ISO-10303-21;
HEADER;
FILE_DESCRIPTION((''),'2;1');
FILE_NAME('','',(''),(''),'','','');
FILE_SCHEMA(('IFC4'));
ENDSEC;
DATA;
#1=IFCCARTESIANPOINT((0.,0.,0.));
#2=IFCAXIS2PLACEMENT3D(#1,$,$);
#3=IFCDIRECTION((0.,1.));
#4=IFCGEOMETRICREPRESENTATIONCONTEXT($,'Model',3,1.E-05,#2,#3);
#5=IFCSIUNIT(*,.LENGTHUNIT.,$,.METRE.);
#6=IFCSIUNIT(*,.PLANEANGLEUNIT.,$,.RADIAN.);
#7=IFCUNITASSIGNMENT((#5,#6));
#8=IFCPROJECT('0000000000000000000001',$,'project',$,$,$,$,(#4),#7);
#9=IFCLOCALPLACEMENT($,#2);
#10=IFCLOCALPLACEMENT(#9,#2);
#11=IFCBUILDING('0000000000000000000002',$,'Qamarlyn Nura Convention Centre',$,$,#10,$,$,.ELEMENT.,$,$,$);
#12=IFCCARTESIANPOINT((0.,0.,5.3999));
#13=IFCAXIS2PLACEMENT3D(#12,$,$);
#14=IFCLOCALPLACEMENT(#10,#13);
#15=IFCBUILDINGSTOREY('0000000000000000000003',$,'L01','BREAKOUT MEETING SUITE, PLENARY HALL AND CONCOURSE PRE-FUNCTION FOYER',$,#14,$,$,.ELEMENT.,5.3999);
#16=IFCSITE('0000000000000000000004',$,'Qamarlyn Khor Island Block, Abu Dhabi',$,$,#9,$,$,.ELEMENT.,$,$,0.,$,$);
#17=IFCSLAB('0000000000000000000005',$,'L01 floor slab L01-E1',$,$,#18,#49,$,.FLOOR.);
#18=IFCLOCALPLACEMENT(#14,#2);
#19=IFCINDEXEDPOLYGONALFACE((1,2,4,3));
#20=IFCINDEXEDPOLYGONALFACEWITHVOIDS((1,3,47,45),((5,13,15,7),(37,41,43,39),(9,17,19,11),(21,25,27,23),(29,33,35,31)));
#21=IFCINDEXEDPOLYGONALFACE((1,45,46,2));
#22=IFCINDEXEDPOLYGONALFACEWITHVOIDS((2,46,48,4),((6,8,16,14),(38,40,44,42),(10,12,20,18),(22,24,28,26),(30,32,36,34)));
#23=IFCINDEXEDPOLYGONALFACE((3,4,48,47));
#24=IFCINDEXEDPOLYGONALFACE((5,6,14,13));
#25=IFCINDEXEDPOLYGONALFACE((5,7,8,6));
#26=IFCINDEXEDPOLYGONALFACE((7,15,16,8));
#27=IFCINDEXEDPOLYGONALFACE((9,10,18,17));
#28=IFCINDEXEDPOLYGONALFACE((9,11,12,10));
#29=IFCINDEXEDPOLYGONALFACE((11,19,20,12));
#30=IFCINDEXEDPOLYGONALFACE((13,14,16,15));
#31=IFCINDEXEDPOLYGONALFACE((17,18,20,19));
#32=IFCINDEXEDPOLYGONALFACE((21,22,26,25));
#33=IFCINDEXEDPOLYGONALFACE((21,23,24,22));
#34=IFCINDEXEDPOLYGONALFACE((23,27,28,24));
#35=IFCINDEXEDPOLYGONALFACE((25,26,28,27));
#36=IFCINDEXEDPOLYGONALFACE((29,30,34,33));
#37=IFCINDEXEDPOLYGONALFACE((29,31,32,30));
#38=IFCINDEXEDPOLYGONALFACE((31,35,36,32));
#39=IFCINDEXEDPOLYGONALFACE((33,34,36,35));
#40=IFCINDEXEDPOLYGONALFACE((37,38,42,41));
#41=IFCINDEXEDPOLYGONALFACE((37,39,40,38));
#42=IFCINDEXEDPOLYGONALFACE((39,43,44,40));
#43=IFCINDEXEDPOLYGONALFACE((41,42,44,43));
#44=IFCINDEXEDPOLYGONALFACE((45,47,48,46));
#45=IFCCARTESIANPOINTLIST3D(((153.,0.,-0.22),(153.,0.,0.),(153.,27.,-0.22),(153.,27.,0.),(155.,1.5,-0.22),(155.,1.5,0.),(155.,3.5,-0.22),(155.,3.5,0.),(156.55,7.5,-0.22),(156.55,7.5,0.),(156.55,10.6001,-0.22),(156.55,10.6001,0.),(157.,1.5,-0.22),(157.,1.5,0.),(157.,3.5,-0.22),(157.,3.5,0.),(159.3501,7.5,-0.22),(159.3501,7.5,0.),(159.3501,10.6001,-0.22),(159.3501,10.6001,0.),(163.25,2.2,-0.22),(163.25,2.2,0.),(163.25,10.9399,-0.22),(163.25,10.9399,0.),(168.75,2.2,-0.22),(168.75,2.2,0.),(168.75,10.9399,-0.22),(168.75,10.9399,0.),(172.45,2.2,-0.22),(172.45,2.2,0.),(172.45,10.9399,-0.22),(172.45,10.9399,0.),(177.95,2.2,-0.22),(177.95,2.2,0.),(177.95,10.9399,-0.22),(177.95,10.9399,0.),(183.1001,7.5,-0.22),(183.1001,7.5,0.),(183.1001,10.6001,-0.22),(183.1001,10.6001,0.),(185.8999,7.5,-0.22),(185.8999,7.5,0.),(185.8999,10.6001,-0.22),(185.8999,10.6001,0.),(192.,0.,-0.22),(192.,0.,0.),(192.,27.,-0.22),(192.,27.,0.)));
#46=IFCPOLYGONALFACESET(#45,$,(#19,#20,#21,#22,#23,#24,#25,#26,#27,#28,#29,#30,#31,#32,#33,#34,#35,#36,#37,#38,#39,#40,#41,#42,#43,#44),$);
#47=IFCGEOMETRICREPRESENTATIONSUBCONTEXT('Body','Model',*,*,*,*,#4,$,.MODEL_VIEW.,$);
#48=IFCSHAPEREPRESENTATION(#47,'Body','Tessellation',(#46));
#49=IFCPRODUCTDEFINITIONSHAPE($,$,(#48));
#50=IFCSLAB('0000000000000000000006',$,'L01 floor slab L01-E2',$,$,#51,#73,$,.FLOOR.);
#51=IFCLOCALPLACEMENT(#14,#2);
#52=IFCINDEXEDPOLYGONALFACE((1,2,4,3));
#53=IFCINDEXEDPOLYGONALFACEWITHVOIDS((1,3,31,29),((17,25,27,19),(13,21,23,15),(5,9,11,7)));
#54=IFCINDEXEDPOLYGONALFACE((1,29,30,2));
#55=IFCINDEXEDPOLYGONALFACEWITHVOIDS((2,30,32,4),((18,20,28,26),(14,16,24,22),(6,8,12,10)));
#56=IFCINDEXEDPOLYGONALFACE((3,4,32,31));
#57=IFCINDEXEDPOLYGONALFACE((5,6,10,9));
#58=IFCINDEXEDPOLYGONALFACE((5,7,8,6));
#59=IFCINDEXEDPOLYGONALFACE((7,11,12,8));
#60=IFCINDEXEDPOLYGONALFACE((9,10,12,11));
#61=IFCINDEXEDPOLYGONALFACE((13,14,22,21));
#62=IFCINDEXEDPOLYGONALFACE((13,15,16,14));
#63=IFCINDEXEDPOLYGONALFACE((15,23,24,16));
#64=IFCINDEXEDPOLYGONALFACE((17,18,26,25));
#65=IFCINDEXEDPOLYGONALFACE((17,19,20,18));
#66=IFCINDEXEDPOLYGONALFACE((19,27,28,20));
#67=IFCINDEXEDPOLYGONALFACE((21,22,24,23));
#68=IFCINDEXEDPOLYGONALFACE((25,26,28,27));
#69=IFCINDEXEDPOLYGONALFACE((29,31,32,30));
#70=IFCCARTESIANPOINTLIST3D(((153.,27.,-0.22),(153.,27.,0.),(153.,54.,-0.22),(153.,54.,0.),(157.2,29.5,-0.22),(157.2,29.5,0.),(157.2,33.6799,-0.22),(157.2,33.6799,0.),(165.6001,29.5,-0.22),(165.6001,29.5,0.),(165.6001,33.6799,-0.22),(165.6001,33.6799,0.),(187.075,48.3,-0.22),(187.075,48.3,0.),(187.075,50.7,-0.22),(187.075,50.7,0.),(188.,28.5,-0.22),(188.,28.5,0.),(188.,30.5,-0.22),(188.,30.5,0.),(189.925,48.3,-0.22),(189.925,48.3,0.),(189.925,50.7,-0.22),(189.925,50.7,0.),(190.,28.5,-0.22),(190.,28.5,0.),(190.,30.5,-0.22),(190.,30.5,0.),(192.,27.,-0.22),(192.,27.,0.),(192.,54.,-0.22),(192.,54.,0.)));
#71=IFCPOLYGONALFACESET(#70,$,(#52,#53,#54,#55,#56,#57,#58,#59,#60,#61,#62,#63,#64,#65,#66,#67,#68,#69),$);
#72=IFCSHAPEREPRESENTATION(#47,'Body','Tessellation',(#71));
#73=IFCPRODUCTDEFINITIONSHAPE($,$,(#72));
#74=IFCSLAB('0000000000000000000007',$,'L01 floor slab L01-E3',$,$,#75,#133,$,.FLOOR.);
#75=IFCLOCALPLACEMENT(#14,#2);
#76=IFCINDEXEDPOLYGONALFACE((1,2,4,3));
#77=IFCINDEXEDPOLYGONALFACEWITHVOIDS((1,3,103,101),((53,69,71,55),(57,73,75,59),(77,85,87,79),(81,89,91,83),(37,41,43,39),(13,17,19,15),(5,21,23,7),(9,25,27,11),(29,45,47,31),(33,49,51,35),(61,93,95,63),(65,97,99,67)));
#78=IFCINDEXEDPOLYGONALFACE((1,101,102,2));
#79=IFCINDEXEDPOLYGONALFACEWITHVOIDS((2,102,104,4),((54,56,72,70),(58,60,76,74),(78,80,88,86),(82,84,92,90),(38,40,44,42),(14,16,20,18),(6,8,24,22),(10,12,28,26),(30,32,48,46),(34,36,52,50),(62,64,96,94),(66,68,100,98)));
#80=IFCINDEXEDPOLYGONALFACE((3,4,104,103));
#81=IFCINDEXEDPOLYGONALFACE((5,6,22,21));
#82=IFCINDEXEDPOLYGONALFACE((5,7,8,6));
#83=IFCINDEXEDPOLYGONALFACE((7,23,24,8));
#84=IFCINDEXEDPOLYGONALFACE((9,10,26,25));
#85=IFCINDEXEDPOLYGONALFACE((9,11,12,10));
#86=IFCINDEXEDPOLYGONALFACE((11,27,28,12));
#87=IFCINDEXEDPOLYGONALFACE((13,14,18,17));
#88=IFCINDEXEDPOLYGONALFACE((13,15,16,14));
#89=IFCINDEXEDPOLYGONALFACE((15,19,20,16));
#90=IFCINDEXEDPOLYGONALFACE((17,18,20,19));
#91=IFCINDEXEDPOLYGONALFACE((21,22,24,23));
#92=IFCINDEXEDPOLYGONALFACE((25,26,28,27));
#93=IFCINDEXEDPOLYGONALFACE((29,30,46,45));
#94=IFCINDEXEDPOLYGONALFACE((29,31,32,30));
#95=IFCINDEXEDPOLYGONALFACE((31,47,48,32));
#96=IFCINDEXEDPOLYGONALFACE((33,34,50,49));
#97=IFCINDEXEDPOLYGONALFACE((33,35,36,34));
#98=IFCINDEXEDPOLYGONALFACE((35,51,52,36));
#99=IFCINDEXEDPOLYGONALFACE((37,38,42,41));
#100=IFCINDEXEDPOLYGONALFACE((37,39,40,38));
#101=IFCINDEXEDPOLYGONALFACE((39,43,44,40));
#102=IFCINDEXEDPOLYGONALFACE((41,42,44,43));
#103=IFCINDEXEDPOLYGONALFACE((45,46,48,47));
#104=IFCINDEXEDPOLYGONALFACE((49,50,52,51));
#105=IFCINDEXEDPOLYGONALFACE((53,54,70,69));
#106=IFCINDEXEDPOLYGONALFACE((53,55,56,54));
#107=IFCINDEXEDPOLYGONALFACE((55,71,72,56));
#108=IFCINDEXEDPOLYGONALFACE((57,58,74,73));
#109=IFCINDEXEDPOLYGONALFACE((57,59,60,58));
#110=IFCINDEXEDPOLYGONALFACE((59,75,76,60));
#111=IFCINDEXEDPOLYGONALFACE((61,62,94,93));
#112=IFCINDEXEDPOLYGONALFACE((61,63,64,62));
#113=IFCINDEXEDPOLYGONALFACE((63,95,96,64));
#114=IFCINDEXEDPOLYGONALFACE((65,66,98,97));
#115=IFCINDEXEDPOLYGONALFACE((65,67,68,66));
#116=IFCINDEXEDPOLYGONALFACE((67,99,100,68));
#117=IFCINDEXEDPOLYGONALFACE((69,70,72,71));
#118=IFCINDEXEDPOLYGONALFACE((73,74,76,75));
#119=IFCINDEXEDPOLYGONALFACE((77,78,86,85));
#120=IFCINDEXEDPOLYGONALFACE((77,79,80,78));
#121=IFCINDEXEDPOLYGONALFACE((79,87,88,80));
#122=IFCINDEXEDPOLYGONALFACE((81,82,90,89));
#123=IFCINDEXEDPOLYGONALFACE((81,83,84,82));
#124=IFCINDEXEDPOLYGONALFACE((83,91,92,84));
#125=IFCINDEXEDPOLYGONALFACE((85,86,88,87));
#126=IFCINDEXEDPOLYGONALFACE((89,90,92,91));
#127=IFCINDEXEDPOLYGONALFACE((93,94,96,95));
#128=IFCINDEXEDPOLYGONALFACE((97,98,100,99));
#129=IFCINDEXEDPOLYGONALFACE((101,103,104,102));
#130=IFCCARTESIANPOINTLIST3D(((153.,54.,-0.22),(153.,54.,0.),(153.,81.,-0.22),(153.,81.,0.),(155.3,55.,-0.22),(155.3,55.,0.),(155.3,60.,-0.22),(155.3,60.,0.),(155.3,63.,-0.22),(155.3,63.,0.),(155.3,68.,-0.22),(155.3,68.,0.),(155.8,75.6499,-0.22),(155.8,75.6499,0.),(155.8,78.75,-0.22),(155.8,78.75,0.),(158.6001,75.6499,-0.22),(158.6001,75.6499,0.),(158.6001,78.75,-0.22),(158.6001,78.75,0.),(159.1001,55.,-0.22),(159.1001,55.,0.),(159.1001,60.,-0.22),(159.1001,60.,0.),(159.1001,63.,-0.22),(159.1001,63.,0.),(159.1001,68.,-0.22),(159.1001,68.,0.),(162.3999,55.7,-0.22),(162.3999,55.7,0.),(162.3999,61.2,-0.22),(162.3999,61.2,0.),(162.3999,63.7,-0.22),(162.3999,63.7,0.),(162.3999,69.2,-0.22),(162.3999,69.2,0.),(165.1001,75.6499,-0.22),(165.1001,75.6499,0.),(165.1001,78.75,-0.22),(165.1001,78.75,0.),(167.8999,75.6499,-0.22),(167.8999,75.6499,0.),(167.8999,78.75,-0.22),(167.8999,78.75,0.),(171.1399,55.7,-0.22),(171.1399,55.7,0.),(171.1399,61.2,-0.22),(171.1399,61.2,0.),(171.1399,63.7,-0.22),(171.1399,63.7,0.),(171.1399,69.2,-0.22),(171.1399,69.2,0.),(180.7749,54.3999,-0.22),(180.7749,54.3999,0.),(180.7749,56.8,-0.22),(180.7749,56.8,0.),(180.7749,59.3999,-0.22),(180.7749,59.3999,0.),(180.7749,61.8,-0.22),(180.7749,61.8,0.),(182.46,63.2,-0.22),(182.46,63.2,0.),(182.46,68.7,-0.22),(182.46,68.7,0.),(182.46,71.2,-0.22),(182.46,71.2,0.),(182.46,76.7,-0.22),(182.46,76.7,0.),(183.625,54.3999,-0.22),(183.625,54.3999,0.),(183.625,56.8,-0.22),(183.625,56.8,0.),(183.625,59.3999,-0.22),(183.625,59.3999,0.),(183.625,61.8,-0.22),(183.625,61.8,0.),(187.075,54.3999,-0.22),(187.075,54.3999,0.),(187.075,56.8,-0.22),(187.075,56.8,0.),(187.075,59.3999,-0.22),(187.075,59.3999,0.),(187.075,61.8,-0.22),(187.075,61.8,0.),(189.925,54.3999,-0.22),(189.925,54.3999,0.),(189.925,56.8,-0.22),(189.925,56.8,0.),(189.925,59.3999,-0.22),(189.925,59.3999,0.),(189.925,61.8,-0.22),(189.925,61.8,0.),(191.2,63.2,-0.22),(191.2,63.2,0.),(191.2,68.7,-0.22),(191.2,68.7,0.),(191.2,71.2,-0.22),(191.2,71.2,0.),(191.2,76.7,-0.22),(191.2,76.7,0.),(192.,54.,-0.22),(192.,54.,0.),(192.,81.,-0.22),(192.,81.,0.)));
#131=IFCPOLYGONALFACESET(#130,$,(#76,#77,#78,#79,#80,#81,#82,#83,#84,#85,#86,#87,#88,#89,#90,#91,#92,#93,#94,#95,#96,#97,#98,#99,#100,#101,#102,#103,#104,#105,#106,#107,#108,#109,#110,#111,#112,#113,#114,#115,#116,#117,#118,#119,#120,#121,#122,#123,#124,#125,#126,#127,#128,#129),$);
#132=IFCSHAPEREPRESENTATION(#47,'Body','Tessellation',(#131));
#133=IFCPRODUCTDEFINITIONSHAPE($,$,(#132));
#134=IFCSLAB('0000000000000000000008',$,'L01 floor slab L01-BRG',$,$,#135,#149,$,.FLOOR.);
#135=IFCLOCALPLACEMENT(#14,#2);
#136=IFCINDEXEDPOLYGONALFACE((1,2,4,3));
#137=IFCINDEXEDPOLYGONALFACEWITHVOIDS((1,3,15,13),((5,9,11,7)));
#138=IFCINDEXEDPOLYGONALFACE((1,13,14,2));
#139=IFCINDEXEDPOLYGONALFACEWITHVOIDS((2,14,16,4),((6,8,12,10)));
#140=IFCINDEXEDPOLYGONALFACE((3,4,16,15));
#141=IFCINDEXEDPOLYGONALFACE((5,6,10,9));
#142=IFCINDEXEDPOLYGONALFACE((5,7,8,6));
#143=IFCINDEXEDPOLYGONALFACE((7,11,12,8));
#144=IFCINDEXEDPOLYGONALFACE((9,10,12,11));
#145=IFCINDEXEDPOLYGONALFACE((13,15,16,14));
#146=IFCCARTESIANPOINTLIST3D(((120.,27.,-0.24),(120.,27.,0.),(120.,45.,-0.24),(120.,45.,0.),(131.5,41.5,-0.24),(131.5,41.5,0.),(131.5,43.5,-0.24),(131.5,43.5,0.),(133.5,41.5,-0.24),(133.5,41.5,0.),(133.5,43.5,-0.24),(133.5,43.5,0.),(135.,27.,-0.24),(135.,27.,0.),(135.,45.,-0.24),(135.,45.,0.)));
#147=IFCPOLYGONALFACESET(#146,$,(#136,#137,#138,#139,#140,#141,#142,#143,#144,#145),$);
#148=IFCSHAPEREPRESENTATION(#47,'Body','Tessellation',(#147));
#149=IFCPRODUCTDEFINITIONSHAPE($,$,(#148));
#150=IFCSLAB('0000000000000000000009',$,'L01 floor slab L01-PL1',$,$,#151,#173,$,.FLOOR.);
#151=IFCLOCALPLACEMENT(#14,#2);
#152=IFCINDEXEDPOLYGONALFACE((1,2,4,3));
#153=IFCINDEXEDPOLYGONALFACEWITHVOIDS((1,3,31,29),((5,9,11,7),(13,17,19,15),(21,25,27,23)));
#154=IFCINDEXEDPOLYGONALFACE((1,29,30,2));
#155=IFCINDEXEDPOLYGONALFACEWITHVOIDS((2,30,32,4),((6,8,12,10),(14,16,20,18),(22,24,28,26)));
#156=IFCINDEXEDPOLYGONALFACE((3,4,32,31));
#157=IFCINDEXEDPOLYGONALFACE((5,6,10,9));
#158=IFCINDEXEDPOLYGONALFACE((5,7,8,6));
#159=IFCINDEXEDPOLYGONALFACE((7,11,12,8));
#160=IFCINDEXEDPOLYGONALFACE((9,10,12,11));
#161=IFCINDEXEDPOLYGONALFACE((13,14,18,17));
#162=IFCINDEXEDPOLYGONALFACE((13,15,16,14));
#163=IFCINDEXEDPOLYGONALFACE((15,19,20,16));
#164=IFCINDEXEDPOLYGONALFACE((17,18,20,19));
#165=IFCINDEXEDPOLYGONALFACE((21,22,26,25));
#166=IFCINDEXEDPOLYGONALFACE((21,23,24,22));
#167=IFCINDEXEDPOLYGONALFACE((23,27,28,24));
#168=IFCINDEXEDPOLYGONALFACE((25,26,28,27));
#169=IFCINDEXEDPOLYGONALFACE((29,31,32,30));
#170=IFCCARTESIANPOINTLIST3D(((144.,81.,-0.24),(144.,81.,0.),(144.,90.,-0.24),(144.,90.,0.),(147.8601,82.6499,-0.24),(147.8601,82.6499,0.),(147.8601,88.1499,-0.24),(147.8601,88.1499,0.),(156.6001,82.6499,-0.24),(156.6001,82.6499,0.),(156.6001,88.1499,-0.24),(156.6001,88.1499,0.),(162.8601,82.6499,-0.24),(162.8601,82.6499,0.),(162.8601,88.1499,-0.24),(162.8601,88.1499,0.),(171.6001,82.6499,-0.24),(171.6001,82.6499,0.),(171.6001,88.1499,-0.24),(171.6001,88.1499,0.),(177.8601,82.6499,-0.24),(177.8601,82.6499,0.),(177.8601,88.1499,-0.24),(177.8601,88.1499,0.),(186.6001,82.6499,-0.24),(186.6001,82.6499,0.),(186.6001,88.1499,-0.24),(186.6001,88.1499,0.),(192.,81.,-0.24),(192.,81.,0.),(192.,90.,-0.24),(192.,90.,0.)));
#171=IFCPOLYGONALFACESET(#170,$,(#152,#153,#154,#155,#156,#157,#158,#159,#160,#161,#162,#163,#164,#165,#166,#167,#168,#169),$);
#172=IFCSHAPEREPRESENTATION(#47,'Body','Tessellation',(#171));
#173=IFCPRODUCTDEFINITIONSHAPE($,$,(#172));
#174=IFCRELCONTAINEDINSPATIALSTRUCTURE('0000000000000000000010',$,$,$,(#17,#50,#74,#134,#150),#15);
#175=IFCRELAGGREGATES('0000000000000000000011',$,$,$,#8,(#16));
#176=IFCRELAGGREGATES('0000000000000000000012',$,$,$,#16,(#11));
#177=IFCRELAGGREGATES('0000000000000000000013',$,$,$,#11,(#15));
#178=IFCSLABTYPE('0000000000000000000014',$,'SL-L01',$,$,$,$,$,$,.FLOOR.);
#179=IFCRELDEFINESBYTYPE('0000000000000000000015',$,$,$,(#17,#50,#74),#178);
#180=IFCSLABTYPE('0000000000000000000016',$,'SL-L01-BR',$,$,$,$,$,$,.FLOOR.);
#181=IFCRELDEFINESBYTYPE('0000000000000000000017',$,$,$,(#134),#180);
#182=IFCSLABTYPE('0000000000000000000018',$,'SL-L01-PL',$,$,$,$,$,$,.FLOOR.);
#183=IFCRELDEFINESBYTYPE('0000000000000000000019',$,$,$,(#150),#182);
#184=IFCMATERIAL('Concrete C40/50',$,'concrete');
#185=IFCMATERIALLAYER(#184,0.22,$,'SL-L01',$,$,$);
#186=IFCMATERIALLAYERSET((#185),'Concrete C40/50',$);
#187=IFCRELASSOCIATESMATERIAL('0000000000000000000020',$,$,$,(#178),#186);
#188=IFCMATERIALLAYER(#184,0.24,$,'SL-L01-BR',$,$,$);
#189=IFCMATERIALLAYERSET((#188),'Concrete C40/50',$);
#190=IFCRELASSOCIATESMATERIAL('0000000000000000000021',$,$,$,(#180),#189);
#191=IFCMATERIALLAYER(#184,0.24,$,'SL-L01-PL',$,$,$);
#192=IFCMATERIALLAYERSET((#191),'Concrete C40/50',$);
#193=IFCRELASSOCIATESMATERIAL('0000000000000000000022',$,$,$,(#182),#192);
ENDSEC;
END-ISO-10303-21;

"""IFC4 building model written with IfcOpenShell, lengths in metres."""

from ifc_helpers import new_model, si_unit, direction, frame, origin, place, context, subcontext, project, spatial, polyline, outline, extrude, material, layer, layer_set, type_object, element, save


model = new_model("IFC4")

# Units and contexts
model_context = context("Model", 3, precision=1e-05, world=origin(), true_north=direction((0.0, 1.0)))
body_context = subcontext(model_context, "Body", "Model", "MODEL_VIEW")
ifc_project = project(units=[si_unit("LENGTHUNIT", "METRE"), si_unit("PLANEANGLEUNIT", "RADIAN")], contexts=[model_context])

# Site, building, storey
site_placement = place(None, origin())
site = spatial("IfcSite", under=ifc_project, at=site_placement, Name="Qamarlyn Khor Island Block, Abu Dhabi", CompositionType="ELEMENT", RefElevation=0.0)
building_placement = place(site_placement, origin())
building = spatial("IfcBuilding", under=site, at=building_placement, Name="Qamarlyn Nura Convention Centre", CompositionType="ELEMENT")
storey_placement = place(building_placement, frame((0.0, 0.0, 5.3999)))
storey = spatial("IfcBuildingStorey", under=building, at=storey_placement, Name="L01", Description="BREAKOUT MEETING SUITE, PLENARY HALL AND CONCOURSE PRE-FUNCTION FOYER", CompositionType="ELEMENT", Elevation=5.3999)

# Slabs
ifc_material_1 = material(Name="Concrete C40/50", Category="concrete")
ifc_layer_1 = layer(ifc_material_1, 0.22, Name="SL-L01")
ifc_layer_set_1 = layer_set([ifc_layer_1], Name="Concrete C40/50")
slab_type_1 = type_object("IfcSlabType", Name="SL-L01", PredefinedType="FLOOR", material=ifc_layer_set_1)
slab_1_placement = place(storey_placement, frame((0.0, 0.0, -0.22)))
element("IfcSlab", 1, at=slab_1_placement, inside=storey, type_object=slab_type_1, Name="L01 floor slab L01-E1", PredefinedType="FLOOR", context=body_context, shape_type="SweptSolid", body=[
    extrude(outline(polyline([(153.0, 27.0), (192.0, 27.0), (192.0, 0.0), (153.0, 0.0), (153.0, 27.0)]), holes=[polyline([(155.0, 3.5), (155.0, 1.5), (157.0, 1.5), (157.0, 3.5), (155.0, 3.5)]), polyline([(156.55, 7.5), (159.3501, 7.5), (159.3501, 10.6001), (156.55, 10.6001), (156.55, 7.5)]), polyline([(163.25, 10.9399), (163.25, 2.2), (168.75, 2.2), (168.75, 10.9399), (163.25, 10.9399)]), polyline([(172.45, 10.9399), (172.45, 2.2), (177.95, 2.2), (177.95, 10.9399), (172.45, 10.9399)]), polyline([(185.8999, 7.5), (185.8999, 10.6001), (183.1001, 10.6001), (183.1001, 7.5), (185.8999, 7.5)])]), origin(), (0.0, 0.0, 1.0), 0.22),
])
slab_2_placement = place(storey_placement, frame((0.0, 0.0, -0.22)))
element("IfcSlab", 2, at=slab_2_placement, inside=storey, type_object=slab_type_1, Name="L01 floor slab L01-E2", PredefinedType="FLOOR", context=body_context, shape_type="SweptSolid", body=[
    extrude(outline(polyline([(153.0, 54.0), (192.0, 54.0), (192.0, 27.0), (153.0, 27.0), (153.0, 54.0)]), holes=[polyline([(188.0, 30.5), (188.0, 28.5), (190.0, 28.5), (190.0, 30.5), (188.0, 30.5)]), polyline([(157.2, 33.6799), (157.2, 29.5), (165.6001, 29.5), (165.6001, 33.6799), (157.2, 33.6799)]), polyline([(187.075, 48.3), (189.925, 48.3), (189.925, 50.7), (187.075, 50.7), (187.075, 48.3)])]), origin(), (0.0, 0.0, 1.0), 0.22),
])
slab_3_placement = place(storey_placement, frame((0.0, 0.0, -0.22)))
element("IfcSlab", 3, at=slab_3_placement, inside=storey, type_object=slab_type_1, Name="L01 floor slab L01-E3", PredefinedType="FLOOR", context=body_context, shape_type="SweptSolid", body=[
    extrude(outline(polyline([(153.0, 54.0), (153.0, 81.0), (192.0, 81.0), (192.0, 54.0), (153.0, 54.0)]), holes=[polyline([(155.3, 55.0), (159.1001, 55.0), (159.1001, 60.0), (155.3, 60.0), (155.3, 55.0)]), polyline([(155.3, 63.0), (159.1001, 63.0), (159.1001, 68.0), (155.3, 68.0), (155.3, 63.0)]), polyline([(158.6001, 75.6499), (158.6001, 78.75), (155.8, 78.75), (155.8, 75.6499), (158.6001, 75.6499)]), polyline([(183.625, 54.3999), (183.625, 56.8), (180.7749, 56.8), (180.7749, 54.3999), (183.625, 54.3999)]), polyline([(189.925, 54.3999), (189.925, 56.8), (187.075, 56.8), (187.075, 54.3999), (189.925, 54.3999)]), polyline([(171.1399, 61.2), (162.3999, 61.2), (162.3999, 55.7), (171.1399, 55.7), (171.1399, 61.2)]), polyline([(180.7749, 59.3999), (183.625, 59.3999), (183.625, 61.8), (180.7749, 61.8), (180.7749, 59.3999)]), polyline([(187.075, 59.3999), (189.925, 59.3999), (189.925, 61.8), (187.075, 61.8), (187.075, 59.3999)]), polyline([(182.46, 63.2), (191.2, 63.2), (191.2, 68.7), (182.46, 68.7), (182.46, 63.2)]), polyline([(171.1399, 69.2), (162.3999, 69.2), (162.3999, 63.7), (171.1399, 63.7), (171.1399, 69.2)]), polyline([(182.46, 71.2), (191.2, 71.2), (191.2, 76.7), (182.46, 76.7), (182.46, 71.2)]), polyline([(165.1001, 75.6499), (167.8999, 75.6499), (167.8999, 78.75), (165.1001, 78.75), (165.1001, 75.6499)])]), origin(), (0.0, 0.0, 1.0), 0.22),
])
ifc_layer_2 = layer(ifc_material_1, 0.24, Name="SL-L01-BR")
ifc_layer_set_2 = layer_set([ifc_layer_2], Name="Concrete C40/50")
slab_type_2 = type_object("IfcSlabType", Name="SL-L01-BR", PredefinedType="FLOOR", material=ifc_layer_set_2)
slab_4_placement = place(storey_placement, frame((0.0, 0.0, -0.24)))
element("IfcSlab", 4, at=slab_4_placement, inside=storey, type_object=slab_type_2, Name="L01 floor slab L01-BRG", PredefinedType="FLOOR", context=body_context, shape_type="SweptSolid", body=[
    extrude(outline(polyline([(120.0, 45.0), (135.0, 45.0), (135.0, 27.0), (120.0, 27.0), (120.0, 45.0)]), holes=[polyline([(131.5, 43.5), (131.5, 41.5), (133.5, 41.5), (133.5, 43.5), (131.5, 43.5)])]), origin(), (0.0, 0.0, 1.0), 0.24),
])
ifc_layer_3 = layer(ifc_material_1, 0.24, Name="SL-L01-PL")
ifc_layer_set_3 = layer_set([ifc_layer_3], Name="Concrete C40/50")
slab_type_3 = type_object("IfcSlabType", Name="SL-L01-PL", PredefinedType="FLOOR", material=ifc_layer_set_3)
slab_5_placement = place(storey_placement, frame((0.0, 0.0, -0.24)))
element("IfcSlab", 5, at=slab_5_placement, inside=storey, type_object=slab_type_3, Name="L01 floor slab L01-PL1", PredefinedType="FLOOR", context=body_context, shape_type="SweptSolid", body=[
    extrude(outline(polyline([(144.0, 81.0), (144.0, 90.0), (192.0, 90.0), (192.0, 81.0), (144.0, 81.0)]), holes=[polyline([(147.8601, 82.6499), (156.6001, 82.6499), (156.6001, 88.1499), (147.8601, 88.1499), (147.8601, 82.6499)]), polyline([(162.8601, 88.1499), (162.8601, 82.6499), (171.6001, 82.6499), (171.6001, 88.1499), (162.8601, 88.1499)]), polyline([(177.8601, 82.6499), (186.6001, 82.6499), (186.6001, 88.1499), (177.8601, 88.1499), (177.8601, 82.6499)])]), origin(), (0.0, 0.0, 1.0), 0.24),
])

save(model, "model.ifc")
